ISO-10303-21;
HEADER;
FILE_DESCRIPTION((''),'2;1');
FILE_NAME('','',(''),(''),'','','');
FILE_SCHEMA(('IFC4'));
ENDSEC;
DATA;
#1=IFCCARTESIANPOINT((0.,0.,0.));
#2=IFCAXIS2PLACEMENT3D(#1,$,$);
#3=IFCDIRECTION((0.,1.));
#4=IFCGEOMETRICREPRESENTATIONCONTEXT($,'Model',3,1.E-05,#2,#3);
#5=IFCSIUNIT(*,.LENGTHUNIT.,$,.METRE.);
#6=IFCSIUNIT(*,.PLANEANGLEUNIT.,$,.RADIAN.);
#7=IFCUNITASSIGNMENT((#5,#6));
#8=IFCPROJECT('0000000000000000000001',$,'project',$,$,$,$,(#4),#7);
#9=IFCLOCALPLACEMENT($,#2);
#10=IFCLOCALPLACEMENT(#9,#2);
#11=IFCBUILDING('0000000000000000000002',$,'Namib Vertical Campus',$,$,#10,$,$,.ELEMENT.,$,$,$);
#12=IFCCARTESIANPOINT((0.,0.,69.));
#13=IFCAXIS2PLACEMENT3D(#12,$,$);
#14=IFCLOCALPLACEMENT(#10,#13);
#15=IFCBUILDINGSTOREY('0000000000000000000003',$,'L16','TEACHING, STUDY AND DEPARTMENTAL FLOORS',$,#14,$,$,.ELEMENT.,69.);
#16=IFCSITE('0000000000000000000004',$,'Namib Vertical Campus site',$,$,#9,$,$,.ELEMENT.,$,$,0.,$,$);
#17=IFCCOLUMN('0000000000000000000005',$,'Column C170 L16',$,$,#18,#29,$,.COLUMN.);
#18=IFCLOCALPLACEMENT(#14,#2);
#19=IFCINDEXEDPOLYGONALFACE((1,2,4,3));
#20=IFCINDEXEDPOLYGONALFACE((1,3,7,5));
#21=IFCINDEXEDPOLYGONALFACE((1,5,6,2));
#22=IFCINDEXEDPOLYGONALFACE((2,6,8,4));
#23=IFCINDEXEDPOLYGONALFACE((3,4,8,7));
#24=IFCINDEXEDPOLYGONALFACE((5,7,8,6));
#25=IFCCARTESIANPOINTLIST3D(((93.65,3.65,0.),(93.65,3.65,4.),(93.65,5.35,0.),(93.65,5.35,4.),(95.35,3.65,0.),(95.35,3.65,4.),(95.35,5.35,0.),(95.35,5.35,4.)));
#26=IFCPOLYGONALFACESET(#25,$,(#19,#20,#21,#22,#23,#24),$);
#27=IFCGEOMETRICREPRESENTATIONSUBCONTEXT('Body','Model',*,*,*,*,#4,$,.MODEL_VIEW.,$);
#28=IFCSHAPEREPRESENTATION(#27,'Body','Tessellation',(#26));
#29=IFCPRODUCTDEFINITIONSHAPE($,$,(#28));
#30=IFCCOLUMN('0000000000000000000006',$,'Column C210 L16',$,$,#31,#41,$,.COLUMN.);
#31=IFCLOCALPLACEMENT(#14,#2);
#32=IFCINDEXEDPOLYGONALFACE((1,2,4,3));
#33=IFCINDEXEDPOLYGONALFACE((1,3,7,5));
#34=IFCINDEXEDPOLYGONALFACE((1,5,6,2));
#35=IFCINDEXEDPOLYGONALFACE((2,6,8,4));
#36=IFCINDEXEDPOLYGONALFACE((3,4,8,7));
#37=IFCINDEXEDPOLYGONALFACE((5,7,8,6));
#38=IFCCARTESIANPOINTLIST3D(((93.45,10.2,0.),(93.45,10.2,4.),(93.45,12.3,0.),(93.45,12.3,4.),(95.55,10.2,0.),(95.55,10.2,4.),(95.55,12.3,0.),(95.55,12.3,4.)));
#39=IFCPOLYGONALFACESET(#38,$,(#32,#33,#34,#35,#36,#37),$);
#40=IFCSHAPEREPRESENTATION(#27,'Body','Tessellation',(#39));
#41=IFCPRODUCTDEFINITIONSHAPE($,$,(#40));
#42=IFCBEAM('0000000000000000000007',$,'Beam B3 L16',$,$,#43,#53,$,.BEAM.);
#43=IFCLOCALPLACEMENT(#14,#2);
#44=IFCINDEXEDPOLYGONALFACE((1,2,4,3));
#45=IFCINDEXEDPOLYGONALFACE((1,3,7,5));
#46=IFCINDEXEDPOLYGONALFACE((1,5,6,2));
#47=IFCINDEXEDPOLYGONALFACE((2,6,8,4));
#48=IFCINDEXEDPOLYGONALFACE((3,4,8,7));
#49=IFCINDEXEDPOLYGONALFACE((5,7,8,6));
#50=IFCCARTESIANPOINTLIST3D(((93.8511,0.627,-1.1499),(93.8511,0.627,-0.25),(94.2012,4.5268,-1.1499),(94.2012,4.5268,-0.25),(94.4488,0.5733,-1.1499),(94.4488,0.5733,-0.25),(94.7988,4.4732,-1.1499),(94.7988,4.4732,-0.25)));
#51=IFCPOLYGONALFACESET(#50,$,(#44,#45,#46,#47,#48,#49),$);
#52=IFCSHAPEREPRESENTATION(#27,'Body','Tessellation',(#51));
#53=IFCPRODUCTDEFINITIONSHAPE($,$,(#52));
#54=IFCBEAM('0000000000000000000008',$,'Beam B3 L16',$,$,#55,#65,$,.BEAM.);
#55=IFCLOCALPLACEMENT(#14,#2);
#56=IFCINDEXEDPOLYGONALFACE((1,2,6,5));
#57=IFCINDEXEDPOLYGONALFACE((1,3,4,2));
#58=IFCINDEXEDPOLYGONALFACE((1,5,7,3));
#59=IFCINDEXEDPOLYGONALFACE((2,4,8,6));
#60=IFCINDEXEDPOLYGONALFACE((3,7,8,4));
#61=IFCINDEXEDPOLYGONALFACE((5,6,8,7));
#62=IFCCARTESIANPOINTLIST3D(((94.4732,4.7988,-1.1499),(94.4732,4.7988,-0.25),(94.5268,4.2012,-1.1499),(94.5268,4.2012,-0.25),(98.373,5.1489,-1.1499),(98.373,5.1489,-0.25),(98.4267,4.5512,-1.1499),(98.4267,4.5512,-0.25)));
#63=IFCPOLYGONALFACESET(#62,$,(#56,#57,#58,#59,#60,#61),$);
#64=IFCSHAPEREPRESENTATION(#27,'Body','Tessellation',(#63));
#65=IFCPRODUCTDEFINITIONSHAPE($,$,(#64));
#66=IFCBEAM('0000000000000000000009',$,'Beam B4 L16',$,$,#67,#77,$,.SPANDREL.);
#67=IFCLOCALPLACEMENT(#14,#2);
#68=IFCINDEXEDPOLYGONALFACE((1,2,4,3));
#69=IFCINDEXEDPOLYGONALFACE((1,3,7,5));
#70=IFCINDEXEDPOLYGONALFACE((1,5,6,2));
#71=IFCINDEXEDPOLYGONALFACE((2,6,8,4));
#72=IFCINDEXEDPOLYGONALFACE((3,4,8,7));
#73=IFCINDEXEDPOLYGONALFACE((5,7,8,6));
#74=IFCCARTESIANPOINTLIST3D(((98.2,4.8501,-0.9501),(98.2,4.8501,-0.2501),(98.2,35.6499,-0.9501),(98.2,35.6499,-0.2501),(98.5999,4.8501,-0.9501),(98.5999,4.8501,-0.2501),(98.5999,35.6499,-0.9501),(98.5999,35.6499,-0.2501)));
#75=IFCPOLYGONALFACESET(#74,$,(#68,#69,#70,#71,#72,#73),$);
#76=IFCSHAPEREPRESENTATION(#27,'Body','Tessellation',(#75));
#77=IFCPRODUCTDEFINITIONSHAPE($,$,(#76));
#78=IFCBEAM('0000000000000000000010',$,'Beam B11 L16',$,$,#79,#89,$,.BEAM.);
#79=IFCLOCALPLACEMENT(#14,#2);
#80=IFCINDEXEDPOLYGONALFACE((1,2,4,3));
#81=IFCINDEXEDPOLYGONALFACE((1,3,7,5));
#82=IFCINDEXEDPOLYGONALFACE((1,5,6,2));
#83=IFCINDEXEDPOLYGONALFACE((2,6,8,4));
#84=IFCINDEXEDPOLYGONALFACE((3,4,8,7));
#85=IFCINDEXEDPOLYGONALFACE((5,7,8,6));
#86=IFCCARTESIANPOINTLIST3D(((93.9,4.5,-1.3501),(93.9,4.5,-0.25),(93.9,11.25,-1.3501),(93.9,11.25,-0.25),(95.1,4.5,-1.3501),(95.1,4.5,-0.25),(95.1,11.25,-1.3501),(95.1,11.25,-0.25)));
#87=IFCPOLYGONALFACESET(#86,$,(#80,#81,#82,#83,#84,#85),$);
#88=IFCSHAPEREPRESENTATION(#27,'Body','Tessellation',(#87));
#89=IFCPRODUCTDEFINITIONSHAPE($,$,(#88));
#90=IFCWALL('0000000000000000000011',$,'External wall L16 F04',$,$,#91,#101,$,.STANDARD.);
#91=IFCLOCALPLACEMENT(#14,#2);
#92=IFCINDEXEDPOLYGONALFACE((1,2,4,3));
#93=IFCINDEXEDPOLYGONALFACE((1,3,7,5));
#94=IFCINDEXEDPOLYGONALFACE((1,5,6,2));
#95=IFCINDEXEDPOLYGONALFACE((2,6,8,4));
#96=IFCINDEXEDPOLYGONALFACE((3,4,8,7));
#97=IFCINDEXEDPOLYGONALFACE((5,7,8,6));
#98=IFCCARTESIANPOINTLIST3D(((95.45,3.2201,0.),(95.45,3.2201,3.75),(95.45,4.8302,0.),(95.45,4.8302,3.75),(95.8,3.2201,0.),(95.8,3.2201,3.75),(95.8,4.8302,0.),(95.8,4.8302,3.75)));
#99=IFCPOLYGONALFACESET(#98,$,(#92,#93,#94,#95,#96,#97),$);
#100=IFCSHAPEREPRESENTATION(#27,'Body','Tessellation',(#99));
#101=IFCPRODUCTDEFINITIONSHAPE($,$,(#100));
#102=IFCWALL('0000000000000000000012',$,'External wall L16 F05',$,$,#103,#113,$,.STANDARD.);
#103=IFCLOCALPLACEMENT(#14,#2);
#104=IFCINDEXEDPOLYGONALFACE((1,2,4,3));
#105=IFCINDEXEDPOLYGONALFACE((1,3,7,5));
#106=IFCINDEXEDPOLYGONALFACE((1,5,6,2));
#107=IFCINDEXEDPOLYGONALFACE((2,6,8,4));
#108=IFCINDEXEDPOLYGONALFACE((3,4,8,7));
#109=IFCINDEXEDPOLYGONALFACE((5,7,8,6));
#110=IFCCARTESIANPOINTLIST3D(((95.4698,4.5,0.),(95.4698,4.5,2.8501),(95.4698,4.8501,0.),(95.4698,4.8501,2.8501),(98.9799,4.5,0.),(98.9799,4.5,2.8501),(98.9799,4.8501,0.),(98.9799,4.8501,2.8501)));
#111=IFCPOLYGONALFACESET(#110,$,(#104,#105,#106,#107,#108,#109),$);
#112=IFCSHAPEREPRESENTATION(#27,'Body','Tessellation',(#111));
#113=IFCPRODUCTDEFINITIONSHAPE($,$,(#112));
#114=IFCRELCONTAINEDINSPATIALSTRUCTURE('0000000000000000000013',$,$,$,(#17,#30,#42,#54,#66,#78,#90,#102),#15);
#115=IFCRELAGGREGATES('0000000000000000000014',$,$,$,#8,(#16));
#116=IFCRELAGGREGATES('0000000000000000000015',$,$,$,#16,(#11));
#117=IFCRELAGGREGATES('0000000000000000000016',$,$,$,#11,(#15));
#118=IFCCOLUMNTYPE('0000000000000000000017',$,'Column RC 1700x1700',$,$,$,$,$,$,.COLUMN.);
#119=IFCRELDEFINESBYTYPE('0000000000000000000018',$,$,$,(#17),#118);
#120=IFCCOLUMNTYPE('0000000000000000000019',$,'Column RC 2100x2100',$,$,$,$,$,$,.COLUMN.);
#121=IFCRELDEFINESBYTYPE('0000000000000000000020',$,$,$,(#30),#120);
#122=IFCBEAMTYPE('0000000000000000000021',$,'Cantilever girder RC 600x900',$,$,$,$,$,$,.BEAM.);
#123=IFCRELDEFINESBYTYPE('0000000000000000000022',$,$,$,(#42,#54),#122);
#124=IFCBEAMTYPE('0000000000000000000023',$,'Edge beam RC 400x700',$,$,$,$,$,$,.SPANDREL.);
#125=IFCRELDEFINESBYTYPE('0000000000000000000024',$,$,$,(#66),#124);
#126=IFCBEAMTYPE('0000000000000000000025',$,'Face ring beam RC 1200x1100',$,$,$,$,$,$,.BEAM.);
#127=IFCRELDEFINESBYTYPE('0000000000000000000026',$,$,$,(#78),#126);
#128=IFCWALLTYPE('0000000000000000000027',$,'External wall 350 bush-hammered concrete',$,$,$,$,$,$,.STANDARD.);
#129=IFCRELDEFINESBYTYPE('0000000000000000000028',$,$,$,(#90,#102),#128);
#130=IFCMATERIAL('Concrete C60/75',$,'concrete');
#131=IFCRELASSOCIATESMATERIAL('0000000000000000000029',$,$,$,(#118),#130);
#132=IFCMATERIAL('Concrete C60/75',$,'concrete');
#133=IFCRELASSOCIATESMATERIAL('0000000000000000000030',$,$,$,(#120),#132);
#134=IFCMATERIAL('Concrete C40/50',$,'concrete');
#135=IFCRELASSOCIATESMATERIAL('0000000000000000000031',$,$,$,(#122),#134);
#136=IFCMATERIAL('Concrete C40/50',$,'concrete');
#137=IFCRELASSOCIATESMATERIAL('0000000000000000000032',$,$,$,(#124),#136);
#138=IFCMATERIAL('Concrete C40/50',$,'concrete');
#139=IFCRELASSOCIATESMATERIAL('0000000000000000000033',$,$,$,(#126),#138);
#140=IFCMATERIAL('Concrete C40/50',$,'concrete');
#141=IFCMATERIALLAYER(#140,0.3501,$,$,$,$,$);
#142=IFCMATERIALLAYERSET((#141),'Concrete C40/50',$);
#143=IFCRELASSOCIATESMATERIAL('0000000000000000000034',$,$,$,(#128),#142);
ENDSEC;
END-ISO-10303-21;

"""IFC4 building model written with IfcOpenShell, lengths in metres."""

from ifc_helpers import new_model, si_unit, direction, frame, frame_2d, origin, origin_2d, place, context, subcontext, project, spatial, rectangle, extrude, material, layer, layer_set, material_profile, profile_set, type_object, element, save


model = new_model("IFC4")

# Units and contexts
model_context = context("Model", 3, precision=1e-05, world=origin(), true_north=direction((0.0, 1.0)))
body_context = subcontext(model_context, "Body", "Model", "MODEL_VIEW")
ifc_project = project(units=[si_unit("LENGTHUNIT", "METRE"), si_unit("PLANEANGLEUNIT", "RADIAN")], contexts=[model_context])

# Site, building, storey
site_placement = place(None, origin())
site = spatial("IfcSite", under=ifc_project, at=site_placement, Name="Namib Vertical Campus site", CompositionType="ELEMENT", RefElevation=0.0)
building_placement = place(site_placement, origin())
building = spatial("IfcBuilding", under=site, at=building_placement, Name="Namib Vertical Campus", CompositionType="ELEMENT")
storey_placement = place(building_placement, frame((0.0, 0.0, 69.0)))
storey = spatial("IfcBuildingStorey", under=building, at=storey_placement, Name="L16", Description="TEACHING, STUDY AND DEPARTMENTAL FLOORS", CompositionType="ELEMENT", Elevation=69.0)

# Columns
ifc_material_1 = material(Name="Concrete C60/75", Category="concrete")
ifc_material_profile_1 = material_profile(ifc_material_1, rectangle(XDim=1.7, YDim=1.7, at=origin_2d()))
ifc_profile_set_1 = profile_set([ifc_material_profile_1], Name="Concrete C60/75")
column_type_1 = type_object("IfcColumnType", Name="Column RC 1700x1700", PredefinedType="COLUMN", material=ifc_profile_set_1)
column_1_placement = place(storey_placement, frame((94.5, 4.5, 0.0), z_axis=(0.0, 0.0, 1.0), x_axis=(1.0, 0.0, 0.0)))
element("IfcColumn", 1, at=column_1_placement, inside=storey, type_object=column_type_1, Name="Column C170 L16", PredefinedType="COLUMN", context=body_context, shape_type="SweptSolid", body=[
    extrude(rectangle(XDim=1.7, YDim=1.7, at=origin_2d()), origin(), (0.0, 0.0, 1.0), 4.0),
])
ifc_material_2 = material(Name="Concrete C60/75", Category="concrete")
ifc_material_profile_2 = material_profile(ifc_material_2, rectangle(XDim=2.1001, YDim=2.1001, at=origin_2d()))
ifc_profile_set_2 = profile_set([ifc_material_profile_2], Name="Concrete C60/75")
column_type_2 = type_object("IfcColumnType", Name="Column RC 2100x2100", PredefinedType="COLUMN", material=ifc_profile_set_2)
column_2_placement = place(storey_placement, frame((94.5, 11.25, 0.0), z_axis=(0.0, 0.0, 1.0), x_axis=(1.0, 0.0, 0.0)))
element("IfcColumn", 2, at=column_2_placement, inside=storey, type_object=column_type_2, Name="Column C210 L16", PredefinedType="COLUMN", context=body_context, shape_type="SweptSolid", body=[
    extrude(rectangle(XDim=2.1001, YDim=2.1001, at=origin_2d()), origin(), (0.0, 0.0, 1.0), 4.0),
])

# Beams
ifc_material_3 = material(Name="Concrete C40/50", Category="concrete")
ifc_material_profile_3 = material_profile(ifc_material_3, rectangle(XDim=0.6001, YDim=0.8999, at=origin_2d()))
ifc_profile_set_3 = profile_set([ifc_material_profile_3], Name="Concrete C40/50")
beam_type_1 = type_object("IfcBeamType", Name="Cantilever girder RC 600x900", PredefinedType="BEAM", material=ifc_profile_set_3)
for number, where, z_axis, x_axis, name in (
    (3, (94.5, 4.5, -0.7), (-0.089411, -0.995995, 0.0), (0.995995, -0.089411, 0.0), "Beam B3 L16"),
    (4, (94.5, 4.5, -0.7), (0.995995, 0.089411, 0.0), (-0.089411, 0.995995, 0.0), "Beam B3 L16"),
):
    element("IfcBeam", number, at=place(storey_placement, frame(where, z_axis=z_axis, x_axis=x_axis)), inside=storey, type_object=beam_type_1, Name=name, PredefinedType="BEAM", context=body_context, shape_type="SweptSolid", body=[
        extrude(rectangle(XDim=0.6001, YDim=0.8999, at=origin_2d()), origin(), (0.0, 0.0, 1.0), 3.9155),
    ])
ifc_material_4 = material(Name="Concrete C40/50", Category="concrete")
ifc_material_profile_4 = material_profile(ifc_material_4, rectangle(XDim=0.3999, YDim=0.7, at=origin_2d()))
ifc_profile_set_4 = profile_set([ifc_material_profile_4], Name="Concrete C40/50")
beam_type_2 = type_object("IfcBeamType", Name="Edge beam RC 400x700", PredefinedType="SPANDREL", material=ifc_profile_set_4)
beam_1_placement = place(storey_placement, frame((98.3999, 4.8501, -0.6001), z_axis=(0.0, 1.0, 0.0), x_axis=(-1.0, 0.0, 0.0)))
element("IfcBeam", 5, at=beam_1_placement, inside=storey, type_object=beam_type_2, Name="Beam B4 L16", PredefinedType="SPANDREL", context=body_context, shape_type="SweptSolid", body=[
    extrude(rectangle(XDim=0.3999, YDim=0.7, at=origin_2d()), origin(), (0.0, 0.0, 1.0), 30.7998),
])
ifc_material_5 = material(Name="Concrete C40/50", Category="concrete")
ifc_material_profile_5 = material_profile(ifc_material_5, rectangle(XDim=1.2, YDim=1.1001, at=origin_2d()))
ifc_profile_set_5 = profile_set([ifc_material_profile_5], Name="Concrete C40/50")
beam_type_3 = type_object("IfcBeamType", Name="Face ring beam RC 1200x1100", PredefinedType="BEAM", material=ifc_profile_set_5)
beam_2_placement = place(storey_placement, frame((94.5, 4.5, -0.8), z_axis=(0.0, 1.0, 0.0), x_axis=(-1.0, 0.0, 0.0)))
element("IfcBeam", 6, at=beam_2_placement, inside=storey, type_object=beam_type_3, Name="Beam B11 L16", PredefinedType="BEAM", context=body_context, shape_type="SweptSolid", body=[
    extrude(rectangle(XDim=1.2, YDim=1.1001, at=origin_2d()), origin(), (0.0, 0.0, 1.0), 6.75),
])

# Walls
ifc_material_6 = material(Name="Concrete C40/50", Category="concrete")
ifc_layer_1 = layer(ifc_material_6, 0.3501)
ifc_layer_set_1 = layer_set([ifc_layer_1], Name="Concrete C40/50")
wall_type = type_object("IfcWallType", Name="External wall 350 bush-hammered concrete", PredefinedType="STANDARD", material=ifc_layer_set_1)
wall_1_placement = place(storey_placement, frame((95.625, 3.22, 0.0), z_axis=(0.0, 0.0, 1.0), x_axis=(0.0, 1.0, 0.0)))
element("IfcWall", 7, at=wall_1_placement, inside=storey, type_object=wall_type, Name="External wall L16 F04", PredefinedType="STANDARD", context=body_context, shape_type="SweptSolid", body=[
    extrude(rectangle(XDim=1.6101, YDim=0.3501, at=frame_2d((0.8052, 0.0))), origin(), (0.0, 0.0, 1.0), 3.75),
])
wall_2_placement = place(storey_placement, frame((95.47, 4.675, 0.0), z_axis=(0.0, 0.0, 1.0), x_axis=(1.0, 0.0, 0.0)))
element("IfcWall", 8, at=wall_2_placement, inside=storey, type_object=wall_type, Name="External wall L16 F05", PredefinedType="STANDARD", context=body_context, shape_type="SweptSolid", body=[
    extrude(rectangle(XDim=3.51, YDim=0.3501, at=frame_2d((1.7549, 0.0))), origin(), (0.0, 0.0, 1.0), 2.8501),
])

save(model, "model.ifc")
